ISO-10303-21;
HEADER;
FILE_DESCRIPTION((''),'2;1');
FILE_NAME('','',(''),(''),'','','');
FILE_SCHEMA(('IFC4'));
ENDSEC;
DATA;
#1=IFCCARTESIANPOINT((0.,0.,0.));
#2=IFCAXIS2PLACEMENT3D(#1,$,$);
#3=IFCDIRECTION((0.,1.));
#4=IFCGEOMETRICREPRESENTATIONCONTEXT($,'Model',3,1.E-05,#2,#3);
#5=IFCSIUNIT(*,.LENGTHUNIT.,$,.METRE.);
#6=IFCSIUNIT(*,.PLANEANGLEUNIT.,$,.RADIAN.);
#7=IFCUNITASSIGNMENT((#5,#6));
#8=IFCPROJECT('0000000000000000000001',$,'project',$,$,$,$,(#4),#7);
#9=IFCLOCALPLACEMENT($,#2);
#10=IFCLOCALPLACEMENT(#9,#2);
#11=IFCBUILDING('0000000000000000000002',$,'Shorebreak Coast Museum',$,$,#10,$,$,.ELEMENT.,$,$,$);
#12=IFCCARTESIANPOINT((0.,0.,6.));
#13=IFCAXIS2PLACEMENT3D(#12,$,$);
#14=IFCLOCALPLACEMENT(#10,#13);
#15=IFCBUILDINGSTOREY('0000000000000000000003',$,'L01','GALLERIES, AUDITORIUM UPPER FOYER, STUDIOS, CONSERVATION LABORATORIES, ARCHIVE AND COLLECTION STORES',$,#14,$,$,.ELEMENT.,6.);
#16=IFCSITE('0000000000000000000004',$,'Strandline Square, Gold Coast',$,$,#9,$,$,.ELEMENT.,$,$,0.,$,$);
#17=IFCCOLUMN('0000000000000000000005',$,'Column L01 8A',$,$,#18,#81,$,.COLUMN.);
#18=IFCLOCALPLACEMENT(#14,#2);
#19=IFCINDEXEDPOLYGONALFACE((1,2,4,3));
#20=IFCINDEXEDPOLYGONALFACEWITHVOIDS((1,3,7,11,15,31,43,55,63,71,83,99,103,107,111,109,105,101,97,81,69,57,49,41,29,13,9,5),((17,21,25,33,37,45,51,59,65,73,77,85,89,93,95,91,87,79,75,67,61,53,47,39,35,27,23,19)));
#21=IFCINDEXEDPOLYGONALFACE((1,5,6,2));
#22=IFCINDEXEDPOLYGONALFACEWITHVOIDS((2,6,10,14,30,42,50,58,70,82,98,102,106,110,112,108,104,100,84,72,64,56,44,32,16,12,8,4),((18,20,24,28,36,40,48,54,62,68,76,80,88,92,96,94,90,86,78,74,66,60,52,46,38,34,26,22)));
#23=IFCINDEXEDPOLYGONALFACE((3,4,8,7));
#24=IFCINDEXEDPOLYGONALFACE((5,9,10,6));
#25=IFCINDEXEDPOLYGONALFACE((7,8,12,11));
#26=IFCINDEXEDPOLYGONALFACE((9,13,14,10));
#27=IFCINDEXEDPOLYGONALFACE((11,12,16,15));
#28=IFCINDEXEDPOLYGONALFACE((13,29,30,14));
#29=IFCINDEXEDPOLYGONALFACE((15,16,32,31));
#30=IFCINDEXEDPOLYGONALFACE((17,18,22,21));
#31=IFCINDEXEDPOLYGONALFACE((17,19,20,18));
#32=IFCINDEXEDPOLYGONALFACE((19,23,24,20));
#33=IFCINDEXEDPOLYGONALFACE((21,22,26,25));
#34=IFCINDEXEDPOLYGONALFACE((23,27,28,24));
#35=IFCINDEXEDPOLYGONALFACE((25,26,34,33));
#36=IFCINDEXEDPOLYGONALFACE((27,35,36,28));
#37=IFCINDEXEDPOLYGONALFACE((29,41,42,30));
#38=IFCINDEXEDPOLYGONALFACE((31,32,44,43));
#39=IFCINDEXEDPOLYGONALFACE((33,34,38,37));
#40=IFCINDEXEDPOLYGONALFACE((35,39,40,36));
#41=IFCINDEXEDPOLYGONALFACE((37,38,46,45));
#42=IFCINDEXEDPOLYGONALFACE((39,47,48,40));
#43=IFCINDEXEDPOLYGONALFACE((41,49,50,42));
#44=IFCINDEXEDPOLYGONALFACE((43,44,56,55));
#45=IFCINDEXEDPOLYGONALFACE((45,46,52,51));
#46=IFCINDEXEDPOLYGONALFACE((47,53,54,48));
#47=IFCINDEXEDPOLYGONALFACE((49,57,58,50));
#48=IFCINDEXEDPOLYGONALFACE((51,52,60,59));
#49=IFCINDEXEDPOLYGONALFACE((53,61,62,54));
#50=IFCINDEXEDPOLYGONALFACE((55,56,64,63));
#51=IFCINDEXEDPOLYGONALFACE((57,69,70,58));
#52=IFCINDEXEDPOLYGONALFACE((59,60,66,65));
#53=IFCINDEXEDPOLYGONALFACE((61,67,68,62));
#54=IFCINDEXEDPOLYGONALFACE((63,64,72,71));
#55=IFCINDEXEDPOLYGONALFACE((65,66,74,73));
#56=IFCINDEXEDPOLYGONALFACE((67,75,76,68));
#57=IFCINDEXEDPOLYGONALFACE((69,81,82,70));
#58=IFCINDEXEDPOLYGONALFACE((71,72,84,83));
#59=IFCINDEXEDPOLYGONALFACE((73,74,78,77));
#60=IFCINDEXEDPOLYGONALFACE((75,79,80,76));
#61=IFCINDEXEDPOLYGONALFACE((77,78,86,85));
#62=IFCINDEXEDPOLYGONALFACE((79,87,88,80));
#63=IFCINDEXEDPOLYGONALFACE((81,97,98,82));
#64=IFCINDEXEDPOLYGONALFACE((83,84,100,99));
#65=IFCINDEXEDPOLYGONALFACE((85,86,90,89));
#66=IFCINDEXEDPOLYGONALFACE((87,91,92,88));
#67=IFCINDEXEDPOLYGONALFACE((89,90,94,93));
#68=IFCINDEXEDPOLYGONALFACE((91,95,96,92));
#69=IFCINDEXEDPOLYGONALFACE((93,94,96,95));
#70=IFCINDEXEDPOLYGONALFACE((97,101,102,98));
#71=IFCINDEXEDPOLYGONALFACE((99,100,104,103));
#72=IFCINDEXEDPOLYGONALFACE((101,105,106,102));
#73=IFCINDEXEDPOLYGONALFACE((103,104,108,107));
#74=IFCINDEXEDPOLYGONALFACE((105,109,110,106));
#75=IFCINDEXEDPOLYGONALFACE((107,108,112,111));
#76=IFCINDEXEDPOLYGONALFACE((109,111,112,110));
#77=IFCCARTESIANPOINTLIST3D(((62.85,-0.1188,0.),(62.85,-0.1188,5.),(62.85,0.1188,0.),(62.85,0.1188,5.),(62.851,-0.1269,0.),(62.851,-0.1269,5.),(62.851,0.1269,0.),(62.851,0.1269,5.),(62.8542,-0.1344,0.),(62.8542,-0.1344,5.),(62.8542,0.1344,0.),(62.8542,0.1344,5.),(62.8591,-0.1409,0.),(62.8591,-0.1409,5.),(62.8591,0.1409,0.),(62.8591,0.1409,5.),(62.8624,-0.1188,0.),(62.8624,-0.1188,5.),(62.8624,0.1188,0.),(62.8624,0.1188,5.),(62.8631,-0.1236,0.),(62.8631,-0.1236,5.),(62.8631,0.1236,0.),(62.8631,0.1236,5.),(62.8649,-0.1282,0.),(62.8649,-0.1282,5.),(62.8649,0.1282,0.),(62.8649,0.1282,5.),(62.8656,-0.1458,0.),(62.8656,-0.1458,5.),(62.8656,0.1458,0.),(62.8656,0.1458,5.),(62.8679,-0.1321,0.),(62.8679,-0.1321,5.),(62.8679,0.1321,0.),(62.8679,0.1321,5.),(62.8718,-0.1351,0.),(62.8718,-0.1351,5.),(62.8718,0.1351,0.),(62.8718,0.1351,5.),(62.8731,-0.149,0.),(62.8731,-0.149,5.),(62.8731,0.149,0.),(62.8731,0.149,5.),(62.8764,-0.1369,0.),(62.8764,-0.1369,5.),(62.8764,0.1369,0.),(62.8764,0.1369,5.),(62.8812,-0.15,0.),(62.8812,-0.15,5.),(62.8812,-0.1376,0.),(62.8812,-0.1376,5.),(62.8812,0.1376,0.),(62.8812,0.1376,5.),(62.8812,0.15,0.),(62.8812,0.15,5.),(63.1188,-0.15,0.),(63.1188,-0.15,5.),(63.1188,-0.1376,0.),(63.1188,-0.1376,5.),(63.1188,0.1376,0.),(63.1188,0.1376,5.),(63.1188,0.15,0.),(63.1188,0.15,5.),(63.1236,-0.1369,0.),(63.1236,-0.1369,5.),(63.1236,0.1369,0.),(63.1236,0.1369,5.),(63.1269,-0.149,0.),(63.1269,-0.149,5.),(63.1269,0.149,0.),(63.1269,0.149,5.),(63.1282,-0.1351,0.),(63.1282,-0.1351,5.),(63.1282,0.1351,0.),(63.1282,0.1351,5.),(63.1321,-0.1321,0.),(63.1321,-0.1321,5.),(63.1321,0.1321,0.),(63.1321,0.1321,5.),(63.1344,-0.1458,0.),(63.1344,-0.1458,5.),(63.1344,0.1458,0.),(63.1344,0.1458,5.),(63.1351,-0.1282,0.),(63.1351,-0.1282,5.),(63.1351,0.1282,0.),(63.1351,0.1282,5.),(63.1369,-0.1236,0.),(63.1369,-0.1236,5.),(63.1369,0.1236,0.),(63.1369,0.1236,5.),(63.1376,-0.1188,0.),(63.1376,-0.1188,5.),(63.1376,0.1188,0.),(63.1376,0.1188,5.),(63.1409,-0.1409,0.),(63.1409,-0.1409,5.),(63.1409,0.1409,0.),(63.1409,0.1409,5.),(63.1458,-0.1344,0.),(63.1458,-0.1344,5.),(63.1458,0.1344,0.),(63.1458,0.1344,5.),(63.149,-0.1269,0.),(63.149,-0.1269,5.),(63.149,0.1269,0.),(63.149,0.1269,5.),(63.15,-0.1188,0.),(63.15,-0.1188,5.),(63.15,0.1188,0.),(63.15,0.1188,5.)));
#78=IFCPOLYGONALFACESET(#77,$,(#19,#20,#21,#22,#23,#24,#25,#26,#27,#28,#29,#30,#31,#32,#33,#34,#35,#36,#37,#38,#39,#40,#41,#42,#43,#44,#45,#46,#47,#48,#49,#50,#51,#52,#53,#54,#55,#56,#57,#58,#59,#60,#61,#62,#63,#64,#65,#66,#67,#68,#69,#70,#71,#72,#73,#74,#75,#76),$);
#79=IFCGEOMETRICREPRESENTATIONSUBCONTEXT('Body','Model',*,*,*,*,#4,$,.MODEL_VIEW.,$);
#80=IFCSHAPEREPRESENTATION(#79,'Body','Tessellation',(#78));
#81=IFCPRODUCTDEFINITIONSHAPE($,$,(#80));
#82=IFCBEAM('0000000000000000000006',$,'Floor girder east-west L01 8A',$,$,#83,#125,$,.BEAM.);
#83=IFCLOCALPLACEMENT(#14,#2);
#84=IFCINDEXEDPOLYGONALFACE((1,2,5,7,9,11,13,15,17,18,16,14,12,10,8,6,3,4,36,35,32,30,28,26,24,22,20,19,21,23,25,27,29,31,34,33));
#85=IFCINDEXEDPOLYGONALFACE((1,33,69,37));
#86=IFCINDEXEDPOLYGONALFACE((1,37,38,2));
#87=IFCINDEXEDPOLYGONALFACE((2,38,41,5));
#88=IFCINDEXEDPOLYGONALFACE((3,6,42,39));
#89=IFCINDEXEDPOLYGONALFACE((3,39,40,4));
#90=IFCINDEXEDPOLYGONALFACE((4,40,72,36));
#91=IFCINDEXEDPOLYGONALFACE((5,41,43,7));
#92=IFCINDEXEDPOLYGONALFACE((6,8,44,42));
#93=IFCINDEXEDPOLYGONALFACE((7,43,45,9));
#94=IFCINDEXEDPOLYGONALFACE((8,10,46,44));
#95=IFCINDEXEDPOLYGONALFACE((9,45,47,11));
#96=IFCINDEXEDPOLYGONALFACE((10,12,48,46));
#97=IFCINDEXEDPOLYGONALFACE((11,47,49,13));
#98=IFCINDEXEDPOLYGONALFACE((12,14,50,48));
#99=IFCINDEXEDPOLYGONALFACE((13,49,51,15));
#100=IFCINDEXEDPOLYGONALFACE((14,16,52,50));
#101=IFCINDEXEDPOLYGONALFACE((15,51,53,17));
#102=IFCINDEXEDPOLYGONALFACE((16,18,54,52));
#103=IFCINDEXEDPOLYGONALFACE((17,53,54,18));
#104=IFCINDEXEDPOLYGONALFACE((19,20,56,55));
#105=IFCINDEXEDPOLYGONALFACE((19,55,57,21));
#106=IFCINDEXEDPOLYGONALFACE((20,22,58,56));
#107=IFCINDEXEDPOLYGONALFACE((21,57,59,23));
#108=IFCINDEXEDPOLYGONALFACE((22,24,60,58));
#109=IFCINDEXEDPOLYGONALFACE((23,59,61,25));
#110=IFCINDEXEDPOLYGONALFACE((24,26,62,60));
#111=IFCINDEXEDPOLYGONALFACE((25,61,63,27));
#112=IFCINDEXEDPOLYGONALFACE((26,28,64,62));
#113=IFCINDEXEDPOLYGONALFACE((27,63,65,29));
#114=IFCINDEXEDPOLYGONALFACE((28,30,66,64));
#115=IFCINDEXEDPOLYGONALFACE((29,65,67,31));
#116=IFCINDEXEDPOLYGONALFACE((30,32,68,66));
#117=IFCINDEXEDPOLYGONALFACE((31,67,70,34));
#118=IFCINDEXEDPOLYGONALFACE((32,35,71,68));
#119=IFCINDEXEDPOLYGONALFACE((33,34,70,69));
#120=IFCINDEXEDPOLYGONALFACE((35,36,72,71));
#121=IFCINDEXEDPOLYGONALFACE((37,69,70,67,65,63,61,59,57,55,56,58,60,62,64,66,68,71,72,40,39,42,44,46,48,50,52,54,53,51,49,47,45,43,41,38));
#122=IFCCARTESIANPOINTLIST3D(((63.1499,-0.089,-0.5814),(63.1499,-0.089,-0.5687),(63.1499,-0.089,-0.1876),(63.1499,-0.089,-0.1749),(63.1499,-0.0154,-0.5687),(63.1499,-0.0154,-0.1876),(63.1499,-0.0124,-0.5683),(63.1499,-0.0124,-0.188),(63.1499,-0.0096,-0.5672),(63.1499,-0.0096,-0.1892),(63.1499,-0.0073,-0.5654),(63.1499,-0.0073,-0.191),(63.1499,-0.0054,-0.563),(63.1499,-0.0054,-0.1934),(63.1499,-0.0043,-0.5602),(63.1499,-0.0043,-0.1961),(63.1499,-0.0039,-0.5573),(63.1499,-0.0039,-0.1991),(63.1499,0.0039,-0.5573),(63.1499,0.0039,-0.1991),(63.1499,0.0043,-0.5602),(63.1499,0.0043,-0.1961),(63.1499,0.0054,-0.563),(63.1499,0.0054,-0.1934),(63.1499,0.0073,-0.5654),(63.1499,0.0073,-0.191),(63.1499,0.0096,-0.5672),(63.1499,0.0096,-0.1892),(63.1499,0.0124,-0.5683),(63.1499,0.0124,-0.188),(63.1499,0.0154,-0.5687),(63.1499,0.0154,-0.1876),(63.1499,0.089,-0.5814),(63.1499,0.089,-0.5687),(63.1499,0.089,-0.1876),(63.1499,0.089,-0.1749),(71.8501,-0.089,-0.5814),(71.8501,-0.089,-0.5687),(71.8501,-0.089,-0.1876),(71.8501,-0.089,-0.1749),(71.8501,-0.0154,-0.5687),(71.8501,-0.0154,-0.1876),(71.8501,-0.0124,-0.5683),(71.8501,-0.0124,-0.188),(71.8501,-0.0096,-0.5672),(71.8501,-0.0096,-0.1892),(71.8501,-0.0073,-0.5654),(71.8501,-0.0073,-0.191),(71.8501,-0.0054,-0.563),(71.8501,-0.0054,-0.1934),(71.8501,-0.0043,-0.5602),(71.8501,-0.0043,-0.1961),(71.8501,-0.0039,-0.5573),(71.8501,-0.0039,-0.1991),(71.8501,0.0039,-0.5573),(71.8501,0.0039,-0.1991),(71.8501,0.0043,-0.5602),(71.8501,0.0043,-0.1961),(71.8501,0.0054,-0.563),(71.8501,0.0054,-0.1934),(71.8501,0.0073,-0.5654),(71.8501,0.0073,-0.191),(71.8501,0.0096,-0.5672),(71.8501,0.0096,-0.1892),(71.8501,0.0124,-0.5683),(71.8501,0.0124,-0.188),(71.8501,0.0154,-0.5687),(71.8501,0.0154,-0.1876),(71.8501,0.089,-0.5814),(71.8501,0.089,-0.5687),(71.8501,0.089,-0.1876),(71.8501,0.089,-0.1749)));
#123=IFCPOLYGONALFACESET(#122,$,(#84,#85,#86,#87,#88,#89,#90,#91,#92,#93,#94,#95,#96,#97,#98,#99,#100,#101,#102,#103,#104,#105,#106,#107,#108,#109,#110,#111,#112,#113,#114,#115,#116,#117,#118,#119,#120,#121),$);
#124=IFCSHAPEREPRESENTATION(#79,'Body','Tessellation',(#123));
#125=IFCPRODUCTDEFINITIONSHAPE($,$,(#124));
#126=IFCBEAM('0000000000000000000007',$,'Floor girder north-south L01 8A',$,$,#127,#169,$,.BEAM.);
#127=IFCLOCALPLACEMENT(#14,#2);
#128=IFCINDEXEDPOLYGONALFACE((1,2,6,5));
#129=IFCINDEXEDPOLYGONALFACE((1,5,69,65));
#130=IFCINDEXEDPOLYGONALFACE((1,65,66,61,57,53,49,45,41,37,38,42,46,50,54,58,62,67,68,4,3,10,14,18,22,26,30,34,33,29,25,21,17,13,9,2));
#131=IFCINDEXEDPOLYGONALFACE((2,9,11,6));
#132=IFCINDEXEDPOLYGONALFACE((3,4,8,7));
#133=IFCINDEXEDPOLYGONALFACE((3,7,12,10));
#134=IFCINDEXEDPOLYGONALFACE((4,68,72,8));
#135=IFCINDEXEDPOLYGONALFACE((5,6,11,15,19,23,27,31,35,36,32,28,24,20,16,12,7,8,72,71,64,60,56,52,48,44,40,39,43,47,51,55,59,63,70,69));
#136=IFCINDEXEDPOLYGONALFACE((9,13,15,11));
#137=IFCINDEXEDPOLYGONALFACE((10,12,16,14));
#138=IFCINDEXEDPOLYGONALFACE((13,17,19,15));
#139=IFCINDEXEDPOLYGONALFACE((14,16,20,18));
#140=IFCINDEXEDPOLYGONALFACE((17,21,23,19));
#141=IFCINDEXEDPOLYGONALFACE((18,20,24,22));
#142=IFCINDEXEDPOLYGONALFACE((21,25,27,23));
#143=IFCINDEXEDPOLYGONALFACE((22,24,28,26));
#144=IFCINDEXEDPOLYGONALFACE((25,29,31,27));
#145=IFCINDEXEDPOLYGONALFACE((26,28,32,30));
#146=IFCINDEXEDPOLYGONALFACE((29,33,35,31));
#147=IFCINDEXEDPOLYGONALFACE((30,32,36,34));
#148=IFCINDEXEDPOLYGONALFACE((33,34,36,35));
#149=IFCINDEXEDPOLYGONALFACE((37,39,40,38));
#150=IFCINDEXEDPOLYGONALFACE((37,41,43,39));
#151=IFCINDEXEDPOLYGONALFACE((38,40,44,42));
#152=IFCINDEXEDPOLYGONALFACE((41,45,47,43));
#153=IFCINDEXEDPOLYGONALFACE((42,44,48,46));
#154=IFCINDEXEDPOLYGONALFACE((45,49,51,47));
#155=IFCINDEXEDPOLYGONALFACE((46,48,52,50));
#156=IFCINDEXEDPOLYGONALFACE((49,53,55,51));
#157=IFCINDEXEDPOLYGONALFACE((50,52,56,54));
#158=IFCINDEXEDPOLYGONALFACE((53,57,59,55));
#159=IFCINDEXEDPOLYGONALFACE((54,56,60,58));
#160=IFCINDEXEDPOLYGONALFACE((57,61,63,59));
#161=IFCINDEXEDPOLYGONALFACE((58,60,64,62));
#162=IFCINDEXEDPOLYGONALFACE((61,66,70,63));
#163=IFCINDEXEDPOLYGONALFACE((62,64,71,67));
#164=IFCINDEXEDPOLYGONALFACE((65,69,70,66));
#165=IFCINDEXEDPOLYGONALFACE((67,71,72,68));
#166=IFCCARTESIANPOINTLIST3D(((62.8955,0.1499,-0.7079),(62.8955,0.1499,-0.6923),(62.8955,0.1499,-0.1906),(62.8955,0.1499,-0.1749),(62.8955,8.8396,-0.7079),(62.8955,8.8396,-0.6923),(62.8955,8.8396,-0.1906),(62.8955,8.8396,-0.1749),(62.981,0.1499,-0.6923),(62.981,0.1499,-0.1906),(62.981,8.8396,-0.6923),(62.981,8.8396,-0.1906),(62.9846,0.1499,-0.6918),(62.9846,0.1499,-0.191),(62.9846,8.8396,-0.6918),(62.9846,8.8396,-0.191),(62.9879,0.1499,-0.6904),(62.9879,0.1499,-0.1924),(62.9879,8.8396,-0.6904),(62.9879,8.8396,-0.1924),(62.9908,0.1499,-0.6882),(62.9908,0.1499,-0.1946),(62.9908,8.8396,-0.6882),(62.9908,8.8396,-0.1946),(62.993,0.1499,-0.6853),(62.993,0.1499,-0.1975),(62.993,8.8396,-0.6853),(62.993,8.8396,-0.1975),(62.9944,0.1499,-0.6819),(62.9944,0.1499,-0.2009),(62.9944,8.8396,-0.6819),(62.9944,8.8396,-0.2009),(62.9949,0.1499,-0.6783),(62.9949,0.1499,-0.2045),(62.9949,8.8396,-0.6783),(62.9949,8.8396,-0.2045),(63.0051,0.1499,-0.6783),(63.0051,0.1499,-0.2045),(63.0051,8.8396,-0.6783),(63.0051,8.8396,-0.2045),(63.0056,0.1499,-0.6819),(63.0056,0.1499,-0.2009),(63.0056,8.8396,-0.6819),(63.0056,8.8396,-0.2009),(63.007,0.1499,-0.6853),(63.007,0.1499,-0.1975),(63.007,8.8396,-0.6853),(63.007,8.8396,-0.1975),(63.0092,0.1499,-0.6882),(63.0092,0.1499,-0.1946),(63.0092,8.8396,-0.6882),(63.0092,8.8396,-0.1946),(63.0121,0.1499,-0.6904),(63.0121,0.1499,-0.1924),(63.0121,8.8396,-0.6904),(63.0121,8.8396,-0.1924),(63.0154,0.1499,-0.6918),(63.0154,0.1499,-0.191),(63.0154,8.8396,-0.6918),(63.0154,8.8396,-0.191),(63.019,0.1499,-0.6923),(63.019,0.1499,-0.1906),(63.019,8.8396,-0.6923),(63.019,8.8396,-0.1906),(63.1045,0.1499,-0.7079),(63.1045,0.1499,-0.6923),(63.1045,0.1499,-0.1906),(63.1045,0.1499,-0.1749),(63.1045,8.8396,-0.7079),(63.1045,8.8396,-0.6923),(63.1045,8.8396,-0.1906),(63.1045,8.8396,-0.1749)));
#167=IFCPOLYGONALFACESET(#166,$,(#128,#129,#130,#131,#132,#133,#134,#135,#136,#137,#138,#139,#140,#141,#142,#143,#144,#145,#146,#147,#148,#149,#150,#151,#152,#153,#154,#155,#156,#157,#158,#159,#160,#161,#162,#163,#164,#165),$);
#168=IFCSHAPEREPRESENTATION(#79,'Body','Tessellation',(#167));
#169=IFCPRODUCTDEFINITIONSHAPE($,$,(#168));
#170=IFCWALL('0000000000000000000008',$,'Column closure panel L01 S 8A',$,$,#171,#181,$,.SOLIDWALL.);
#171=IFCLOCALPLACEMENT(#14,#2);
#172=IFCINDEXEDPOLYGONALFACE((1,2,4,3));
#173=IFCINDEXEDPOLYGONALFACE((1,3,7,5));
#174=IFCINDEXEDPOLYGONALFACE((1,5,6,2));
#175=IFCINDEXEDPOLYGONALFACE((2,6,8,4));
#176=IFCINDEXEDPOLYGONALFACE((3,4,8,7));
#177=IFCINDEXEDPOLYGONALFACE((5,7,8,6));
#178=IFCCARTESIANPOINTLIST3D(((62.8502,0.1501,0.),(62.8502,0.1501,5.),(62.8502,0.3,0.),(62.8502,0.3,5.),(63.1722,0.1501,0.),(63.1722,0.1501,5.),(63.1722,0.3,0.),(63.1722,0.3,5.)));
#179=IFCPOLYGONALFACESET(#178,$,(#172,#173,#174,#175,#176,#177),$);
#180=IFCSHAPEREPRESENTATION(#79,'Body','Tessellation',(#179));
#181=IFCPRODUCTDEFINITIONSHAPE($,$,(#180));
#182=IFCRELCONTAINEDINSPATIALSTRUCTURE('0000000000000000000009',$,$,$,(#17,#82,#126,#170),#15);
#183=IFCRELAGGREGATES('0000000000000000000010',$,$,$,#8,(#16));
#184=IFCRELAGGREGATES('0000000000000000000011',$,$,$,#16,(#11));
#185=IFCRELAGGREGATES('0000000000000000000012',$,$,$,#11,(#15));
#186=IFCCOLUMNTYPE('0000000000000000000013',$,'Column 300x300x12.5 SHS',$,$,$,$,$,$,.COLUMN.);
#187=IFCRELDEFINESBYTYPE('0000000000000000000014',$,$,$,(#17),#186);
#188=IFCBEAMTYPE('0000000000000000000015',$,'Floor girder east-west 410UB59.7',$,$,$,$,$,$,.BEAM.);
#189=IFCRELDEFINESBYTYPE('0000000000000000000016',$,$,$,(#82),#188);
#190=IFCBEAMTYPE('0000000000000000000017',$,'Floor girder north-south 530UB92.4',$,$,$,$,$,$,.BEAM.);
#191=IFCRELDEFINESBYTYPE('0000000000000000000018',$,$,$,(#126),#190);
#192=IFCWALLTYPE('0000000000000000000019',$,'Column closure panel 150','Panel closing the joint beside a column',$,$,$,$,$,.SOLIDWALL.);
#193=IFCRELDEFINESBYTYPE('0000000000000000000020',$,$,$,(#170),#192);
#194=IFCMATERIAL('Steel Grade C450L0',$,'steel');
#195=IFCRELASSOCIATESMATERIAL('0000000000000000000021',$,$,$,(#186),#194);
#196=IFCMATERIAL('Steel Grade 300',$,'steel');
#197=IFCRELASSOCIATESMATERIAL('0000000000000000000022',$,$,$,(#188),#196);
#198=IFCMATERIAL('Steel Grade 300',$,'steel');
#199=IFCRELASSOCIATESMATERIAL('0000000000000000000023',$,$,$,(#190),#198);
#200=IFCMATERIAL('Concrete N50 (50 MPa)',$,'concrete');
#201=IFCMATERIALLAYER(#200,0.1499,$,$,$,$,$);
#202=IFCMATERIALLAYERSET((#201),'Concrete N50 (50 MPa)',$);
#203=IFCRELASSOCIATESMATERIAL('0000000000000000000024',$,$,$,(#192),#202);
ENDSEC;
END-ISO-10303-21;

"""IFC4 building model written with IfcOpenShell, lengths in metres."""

from ifc_helpers import new_model, si_unit, direction, frame, frame_2d, origin, origin_2d, place, context, subcontext, project, spatial, rectangle, hollow_rectangle, i_section, extrude, material, layer, layer_set, material_profile, profile_set, type_object, element, save


model = new_model("IFC4")

# Units and contexts
model_context = context("Model", 3, precision=1e-05, world=origin(), true_north=direction((0.0, 1.0)))
body_context = subcontext(model_context, "Body", "Model", "MODEL_VIEW")
ifc_project = project(units=[si_unit("LENGTHUNIT", "METRE"), si_unit("PLANEANGLEUNIT", "RADIAN")], contexts=[model_context])

# Site, building, storey
site_placement = place(None, origin())
site = spatial("IfcSite", under=ifc_project, at=site_placement, Name="Strandline Square, Gold Coast", CompositionType="ELEMENT", RefElevation=0.0)
building_placement = place(site_placement, origin())
building = spatial("IfcBuilding", under=site, at=building_placement, Name="Shorebreak Coast Museum", CompositionType="ELEMENT")
storey_placement = place(building_placement, frame((0.0, 0.0, 6.0)))
storey = spatial("IfcBuildingStorey", under=building, at=storey_placement, Name="L01", Description="GALLERIES, AUDITORIUM UPPER FOYER, STUDIOS, CONSERVATION LABORATORIES, ARCHIVE AND COLLECTION STORES", CompositionType="ELEMENT", Elevation=6.0)

# Column
ifc_material_1 = material(Name="Steel Grade C450L0", Category="steel")
ifc_material_profile_1 = material_profile(ifc_material_1, hollow_rectangle(XDim=0.3, YDim=0.3, WallThickness=0.0125, InnerFilletRadius=0.0188, OuterFilletRadius=0.0312, at=origin_2d()), Name="300x300x12.5 SHS")
ifc_profile_set_1 = profile_set([ifc_material_profile_1], Name="Steel Grade C450L0")
column_type = type_object("IfcColumnType", Name="Column 300x300x12.5 SHS", PredefinedType="COLUMN", material=ifc_profile_set_1)
column_placement = place(storey_placement, frame((63.0, 0.0, 0.0), z_axis=(0.0, 0.0, 1.0), x_axis=(1.0, 0.0, 0.0)))
element("IfcColumn", 1, at=column_placement, inside=storey, type_object=column_type, Name="Column L01 8A", PredefinedType="COLUMN", context=body_context, shape_type="SweptSolid", body=[
    extrude(hollow_rectangle(XDim=0.3, YDim=0.3, WallThickness=0.0125, InnerFilletRadius=0.0188, OuterFilletRadius=0.0312, at=origin_2d()), origin(), (0.0, 0.0, 1.0), 5.0),
])

# Beams
ifc_material_2 = material(Name="Steel Grade 300", Category="steel")
ifc_material_profile_2 = material_profile(ifc_material_2, i_section(OverallWidth=0.178, OverallDepth=0.4065, WebThickness=0.0078, FlangeThickness=0.0127, FilletRadius=0.0115, at=origin_2d()), Name="410UB59.7")
ifc_profile_set_2 = profile_set([ifc_material_profile_2], Name="Steel Grade 300")
beam_type_1 = type_object("IfcBeamType", Name="Floor girder east-west 410UB59.7", PredefinedType="BEAM", material=ifc_profile_set_2)
beam_1_placement = place(storey_placement, frame((63.1499, 0.0, -0.3782), z_axis=(1.0, 0.0, 0.0), x_axis=(0.0, 1.0, 0.0)))
element("IfcBeam", 2, at=beam_1_placement, inside=storey, type_object=beam_type_1, Name="Floor girder east-west L01 8A", PredefinedType="BEAM", context=body_context, shape_type="SweptSolid", body=[
    extrude(i_section(OverallWidth=0.178, OverallDepth=0.4065, WebThickness=0.0078, FlangeThickness=0.0127, FilletRadius=0.0115, at=origin_2d()), origin(), (0.0, 0.0, 1.0), 8.7002),
])
ifc_material_3 = material(Name="Steel Grade 300", Category="steel")
ifc_material_profile_3 = material_profile(ifc_material_3, i_section(OverallWidth=0.209, OverallDepth=0.533, WebThickness=0.0103, FlangeThickness=0.0156, FilletRadius=0.0139, at=origin_2d()), Name="530UB92.4")
ifc_profile_set_3 = profile_set([ifc_material_profile_3], Name="Steel Grade 300")
beam_type_2 = type_object("IfcBeamType", Name="Floor girder north-south 530UB92.4", PredefinedType="BEAM", material=ifc_profile_set_3)
beam_2_placement = place(storey_placement, frame((63.0, 0.1499, -0.4414), z_axis=(0.0, 1.0, 0.0), x_axis=(-1.0, 0.0, 0.0)))
element("IfcBeam", 3, at=beam_2_placement, inside=storey, type_object=beam_type_2, Name="Floor girder north-south L01 8A", PredefinedType="BEAM", context=body_context, shape_type="SweptSolid", body=[
    extrude(i_section(OverallWidth=0.209, OverallDepth=0.533, WebThickness=0.0103, FlangeThickness=0.0156, FilletRadius=0.0139, at=origin_2d()), origin(), (0.0, 0.0, 1.0), 8.6897),
])

# Wall
ifc_material_4 = material(Name="Concrete N50 (50 MPa)", Category="concrete")
ifc_layer_1 = layer(ifc_material_4, 0.1499)
ifc_layer_set_1 = layer_set([ifc_layer_1], Name="Concrete N50 (50 MPa)")
wall_type_1 = type_object("IfcWallType", Name="Column closure panel 150", Description="Panel closing the joint beside a column", PredefinedType="SOLIDWALL", material=ifc_layer_set_1)
wall_1_placement = place(storey_placement, frame((62.8501, 0.2251, 0.0), z_axis=(0.0, 0.0, 1.0), x_axis=(1.0, 0.0, 0.0)))
element("IfcWall", 4, at=wall_1_placement, inside=storey, type_object=wall_type_1, Name="Column closure panel L01 S 8A", PredefinedType="SOLIDWALL", context=body_context, shape_type="SweptSolid", body=[
    extrude(rectangle(XDim=0.322, YDim=0.1499, at=frame_2d((0.1611, 0.0))), origin(), (0.0, 0.0, 1.0), 5.0),
])

save(model, "model.ifc")
